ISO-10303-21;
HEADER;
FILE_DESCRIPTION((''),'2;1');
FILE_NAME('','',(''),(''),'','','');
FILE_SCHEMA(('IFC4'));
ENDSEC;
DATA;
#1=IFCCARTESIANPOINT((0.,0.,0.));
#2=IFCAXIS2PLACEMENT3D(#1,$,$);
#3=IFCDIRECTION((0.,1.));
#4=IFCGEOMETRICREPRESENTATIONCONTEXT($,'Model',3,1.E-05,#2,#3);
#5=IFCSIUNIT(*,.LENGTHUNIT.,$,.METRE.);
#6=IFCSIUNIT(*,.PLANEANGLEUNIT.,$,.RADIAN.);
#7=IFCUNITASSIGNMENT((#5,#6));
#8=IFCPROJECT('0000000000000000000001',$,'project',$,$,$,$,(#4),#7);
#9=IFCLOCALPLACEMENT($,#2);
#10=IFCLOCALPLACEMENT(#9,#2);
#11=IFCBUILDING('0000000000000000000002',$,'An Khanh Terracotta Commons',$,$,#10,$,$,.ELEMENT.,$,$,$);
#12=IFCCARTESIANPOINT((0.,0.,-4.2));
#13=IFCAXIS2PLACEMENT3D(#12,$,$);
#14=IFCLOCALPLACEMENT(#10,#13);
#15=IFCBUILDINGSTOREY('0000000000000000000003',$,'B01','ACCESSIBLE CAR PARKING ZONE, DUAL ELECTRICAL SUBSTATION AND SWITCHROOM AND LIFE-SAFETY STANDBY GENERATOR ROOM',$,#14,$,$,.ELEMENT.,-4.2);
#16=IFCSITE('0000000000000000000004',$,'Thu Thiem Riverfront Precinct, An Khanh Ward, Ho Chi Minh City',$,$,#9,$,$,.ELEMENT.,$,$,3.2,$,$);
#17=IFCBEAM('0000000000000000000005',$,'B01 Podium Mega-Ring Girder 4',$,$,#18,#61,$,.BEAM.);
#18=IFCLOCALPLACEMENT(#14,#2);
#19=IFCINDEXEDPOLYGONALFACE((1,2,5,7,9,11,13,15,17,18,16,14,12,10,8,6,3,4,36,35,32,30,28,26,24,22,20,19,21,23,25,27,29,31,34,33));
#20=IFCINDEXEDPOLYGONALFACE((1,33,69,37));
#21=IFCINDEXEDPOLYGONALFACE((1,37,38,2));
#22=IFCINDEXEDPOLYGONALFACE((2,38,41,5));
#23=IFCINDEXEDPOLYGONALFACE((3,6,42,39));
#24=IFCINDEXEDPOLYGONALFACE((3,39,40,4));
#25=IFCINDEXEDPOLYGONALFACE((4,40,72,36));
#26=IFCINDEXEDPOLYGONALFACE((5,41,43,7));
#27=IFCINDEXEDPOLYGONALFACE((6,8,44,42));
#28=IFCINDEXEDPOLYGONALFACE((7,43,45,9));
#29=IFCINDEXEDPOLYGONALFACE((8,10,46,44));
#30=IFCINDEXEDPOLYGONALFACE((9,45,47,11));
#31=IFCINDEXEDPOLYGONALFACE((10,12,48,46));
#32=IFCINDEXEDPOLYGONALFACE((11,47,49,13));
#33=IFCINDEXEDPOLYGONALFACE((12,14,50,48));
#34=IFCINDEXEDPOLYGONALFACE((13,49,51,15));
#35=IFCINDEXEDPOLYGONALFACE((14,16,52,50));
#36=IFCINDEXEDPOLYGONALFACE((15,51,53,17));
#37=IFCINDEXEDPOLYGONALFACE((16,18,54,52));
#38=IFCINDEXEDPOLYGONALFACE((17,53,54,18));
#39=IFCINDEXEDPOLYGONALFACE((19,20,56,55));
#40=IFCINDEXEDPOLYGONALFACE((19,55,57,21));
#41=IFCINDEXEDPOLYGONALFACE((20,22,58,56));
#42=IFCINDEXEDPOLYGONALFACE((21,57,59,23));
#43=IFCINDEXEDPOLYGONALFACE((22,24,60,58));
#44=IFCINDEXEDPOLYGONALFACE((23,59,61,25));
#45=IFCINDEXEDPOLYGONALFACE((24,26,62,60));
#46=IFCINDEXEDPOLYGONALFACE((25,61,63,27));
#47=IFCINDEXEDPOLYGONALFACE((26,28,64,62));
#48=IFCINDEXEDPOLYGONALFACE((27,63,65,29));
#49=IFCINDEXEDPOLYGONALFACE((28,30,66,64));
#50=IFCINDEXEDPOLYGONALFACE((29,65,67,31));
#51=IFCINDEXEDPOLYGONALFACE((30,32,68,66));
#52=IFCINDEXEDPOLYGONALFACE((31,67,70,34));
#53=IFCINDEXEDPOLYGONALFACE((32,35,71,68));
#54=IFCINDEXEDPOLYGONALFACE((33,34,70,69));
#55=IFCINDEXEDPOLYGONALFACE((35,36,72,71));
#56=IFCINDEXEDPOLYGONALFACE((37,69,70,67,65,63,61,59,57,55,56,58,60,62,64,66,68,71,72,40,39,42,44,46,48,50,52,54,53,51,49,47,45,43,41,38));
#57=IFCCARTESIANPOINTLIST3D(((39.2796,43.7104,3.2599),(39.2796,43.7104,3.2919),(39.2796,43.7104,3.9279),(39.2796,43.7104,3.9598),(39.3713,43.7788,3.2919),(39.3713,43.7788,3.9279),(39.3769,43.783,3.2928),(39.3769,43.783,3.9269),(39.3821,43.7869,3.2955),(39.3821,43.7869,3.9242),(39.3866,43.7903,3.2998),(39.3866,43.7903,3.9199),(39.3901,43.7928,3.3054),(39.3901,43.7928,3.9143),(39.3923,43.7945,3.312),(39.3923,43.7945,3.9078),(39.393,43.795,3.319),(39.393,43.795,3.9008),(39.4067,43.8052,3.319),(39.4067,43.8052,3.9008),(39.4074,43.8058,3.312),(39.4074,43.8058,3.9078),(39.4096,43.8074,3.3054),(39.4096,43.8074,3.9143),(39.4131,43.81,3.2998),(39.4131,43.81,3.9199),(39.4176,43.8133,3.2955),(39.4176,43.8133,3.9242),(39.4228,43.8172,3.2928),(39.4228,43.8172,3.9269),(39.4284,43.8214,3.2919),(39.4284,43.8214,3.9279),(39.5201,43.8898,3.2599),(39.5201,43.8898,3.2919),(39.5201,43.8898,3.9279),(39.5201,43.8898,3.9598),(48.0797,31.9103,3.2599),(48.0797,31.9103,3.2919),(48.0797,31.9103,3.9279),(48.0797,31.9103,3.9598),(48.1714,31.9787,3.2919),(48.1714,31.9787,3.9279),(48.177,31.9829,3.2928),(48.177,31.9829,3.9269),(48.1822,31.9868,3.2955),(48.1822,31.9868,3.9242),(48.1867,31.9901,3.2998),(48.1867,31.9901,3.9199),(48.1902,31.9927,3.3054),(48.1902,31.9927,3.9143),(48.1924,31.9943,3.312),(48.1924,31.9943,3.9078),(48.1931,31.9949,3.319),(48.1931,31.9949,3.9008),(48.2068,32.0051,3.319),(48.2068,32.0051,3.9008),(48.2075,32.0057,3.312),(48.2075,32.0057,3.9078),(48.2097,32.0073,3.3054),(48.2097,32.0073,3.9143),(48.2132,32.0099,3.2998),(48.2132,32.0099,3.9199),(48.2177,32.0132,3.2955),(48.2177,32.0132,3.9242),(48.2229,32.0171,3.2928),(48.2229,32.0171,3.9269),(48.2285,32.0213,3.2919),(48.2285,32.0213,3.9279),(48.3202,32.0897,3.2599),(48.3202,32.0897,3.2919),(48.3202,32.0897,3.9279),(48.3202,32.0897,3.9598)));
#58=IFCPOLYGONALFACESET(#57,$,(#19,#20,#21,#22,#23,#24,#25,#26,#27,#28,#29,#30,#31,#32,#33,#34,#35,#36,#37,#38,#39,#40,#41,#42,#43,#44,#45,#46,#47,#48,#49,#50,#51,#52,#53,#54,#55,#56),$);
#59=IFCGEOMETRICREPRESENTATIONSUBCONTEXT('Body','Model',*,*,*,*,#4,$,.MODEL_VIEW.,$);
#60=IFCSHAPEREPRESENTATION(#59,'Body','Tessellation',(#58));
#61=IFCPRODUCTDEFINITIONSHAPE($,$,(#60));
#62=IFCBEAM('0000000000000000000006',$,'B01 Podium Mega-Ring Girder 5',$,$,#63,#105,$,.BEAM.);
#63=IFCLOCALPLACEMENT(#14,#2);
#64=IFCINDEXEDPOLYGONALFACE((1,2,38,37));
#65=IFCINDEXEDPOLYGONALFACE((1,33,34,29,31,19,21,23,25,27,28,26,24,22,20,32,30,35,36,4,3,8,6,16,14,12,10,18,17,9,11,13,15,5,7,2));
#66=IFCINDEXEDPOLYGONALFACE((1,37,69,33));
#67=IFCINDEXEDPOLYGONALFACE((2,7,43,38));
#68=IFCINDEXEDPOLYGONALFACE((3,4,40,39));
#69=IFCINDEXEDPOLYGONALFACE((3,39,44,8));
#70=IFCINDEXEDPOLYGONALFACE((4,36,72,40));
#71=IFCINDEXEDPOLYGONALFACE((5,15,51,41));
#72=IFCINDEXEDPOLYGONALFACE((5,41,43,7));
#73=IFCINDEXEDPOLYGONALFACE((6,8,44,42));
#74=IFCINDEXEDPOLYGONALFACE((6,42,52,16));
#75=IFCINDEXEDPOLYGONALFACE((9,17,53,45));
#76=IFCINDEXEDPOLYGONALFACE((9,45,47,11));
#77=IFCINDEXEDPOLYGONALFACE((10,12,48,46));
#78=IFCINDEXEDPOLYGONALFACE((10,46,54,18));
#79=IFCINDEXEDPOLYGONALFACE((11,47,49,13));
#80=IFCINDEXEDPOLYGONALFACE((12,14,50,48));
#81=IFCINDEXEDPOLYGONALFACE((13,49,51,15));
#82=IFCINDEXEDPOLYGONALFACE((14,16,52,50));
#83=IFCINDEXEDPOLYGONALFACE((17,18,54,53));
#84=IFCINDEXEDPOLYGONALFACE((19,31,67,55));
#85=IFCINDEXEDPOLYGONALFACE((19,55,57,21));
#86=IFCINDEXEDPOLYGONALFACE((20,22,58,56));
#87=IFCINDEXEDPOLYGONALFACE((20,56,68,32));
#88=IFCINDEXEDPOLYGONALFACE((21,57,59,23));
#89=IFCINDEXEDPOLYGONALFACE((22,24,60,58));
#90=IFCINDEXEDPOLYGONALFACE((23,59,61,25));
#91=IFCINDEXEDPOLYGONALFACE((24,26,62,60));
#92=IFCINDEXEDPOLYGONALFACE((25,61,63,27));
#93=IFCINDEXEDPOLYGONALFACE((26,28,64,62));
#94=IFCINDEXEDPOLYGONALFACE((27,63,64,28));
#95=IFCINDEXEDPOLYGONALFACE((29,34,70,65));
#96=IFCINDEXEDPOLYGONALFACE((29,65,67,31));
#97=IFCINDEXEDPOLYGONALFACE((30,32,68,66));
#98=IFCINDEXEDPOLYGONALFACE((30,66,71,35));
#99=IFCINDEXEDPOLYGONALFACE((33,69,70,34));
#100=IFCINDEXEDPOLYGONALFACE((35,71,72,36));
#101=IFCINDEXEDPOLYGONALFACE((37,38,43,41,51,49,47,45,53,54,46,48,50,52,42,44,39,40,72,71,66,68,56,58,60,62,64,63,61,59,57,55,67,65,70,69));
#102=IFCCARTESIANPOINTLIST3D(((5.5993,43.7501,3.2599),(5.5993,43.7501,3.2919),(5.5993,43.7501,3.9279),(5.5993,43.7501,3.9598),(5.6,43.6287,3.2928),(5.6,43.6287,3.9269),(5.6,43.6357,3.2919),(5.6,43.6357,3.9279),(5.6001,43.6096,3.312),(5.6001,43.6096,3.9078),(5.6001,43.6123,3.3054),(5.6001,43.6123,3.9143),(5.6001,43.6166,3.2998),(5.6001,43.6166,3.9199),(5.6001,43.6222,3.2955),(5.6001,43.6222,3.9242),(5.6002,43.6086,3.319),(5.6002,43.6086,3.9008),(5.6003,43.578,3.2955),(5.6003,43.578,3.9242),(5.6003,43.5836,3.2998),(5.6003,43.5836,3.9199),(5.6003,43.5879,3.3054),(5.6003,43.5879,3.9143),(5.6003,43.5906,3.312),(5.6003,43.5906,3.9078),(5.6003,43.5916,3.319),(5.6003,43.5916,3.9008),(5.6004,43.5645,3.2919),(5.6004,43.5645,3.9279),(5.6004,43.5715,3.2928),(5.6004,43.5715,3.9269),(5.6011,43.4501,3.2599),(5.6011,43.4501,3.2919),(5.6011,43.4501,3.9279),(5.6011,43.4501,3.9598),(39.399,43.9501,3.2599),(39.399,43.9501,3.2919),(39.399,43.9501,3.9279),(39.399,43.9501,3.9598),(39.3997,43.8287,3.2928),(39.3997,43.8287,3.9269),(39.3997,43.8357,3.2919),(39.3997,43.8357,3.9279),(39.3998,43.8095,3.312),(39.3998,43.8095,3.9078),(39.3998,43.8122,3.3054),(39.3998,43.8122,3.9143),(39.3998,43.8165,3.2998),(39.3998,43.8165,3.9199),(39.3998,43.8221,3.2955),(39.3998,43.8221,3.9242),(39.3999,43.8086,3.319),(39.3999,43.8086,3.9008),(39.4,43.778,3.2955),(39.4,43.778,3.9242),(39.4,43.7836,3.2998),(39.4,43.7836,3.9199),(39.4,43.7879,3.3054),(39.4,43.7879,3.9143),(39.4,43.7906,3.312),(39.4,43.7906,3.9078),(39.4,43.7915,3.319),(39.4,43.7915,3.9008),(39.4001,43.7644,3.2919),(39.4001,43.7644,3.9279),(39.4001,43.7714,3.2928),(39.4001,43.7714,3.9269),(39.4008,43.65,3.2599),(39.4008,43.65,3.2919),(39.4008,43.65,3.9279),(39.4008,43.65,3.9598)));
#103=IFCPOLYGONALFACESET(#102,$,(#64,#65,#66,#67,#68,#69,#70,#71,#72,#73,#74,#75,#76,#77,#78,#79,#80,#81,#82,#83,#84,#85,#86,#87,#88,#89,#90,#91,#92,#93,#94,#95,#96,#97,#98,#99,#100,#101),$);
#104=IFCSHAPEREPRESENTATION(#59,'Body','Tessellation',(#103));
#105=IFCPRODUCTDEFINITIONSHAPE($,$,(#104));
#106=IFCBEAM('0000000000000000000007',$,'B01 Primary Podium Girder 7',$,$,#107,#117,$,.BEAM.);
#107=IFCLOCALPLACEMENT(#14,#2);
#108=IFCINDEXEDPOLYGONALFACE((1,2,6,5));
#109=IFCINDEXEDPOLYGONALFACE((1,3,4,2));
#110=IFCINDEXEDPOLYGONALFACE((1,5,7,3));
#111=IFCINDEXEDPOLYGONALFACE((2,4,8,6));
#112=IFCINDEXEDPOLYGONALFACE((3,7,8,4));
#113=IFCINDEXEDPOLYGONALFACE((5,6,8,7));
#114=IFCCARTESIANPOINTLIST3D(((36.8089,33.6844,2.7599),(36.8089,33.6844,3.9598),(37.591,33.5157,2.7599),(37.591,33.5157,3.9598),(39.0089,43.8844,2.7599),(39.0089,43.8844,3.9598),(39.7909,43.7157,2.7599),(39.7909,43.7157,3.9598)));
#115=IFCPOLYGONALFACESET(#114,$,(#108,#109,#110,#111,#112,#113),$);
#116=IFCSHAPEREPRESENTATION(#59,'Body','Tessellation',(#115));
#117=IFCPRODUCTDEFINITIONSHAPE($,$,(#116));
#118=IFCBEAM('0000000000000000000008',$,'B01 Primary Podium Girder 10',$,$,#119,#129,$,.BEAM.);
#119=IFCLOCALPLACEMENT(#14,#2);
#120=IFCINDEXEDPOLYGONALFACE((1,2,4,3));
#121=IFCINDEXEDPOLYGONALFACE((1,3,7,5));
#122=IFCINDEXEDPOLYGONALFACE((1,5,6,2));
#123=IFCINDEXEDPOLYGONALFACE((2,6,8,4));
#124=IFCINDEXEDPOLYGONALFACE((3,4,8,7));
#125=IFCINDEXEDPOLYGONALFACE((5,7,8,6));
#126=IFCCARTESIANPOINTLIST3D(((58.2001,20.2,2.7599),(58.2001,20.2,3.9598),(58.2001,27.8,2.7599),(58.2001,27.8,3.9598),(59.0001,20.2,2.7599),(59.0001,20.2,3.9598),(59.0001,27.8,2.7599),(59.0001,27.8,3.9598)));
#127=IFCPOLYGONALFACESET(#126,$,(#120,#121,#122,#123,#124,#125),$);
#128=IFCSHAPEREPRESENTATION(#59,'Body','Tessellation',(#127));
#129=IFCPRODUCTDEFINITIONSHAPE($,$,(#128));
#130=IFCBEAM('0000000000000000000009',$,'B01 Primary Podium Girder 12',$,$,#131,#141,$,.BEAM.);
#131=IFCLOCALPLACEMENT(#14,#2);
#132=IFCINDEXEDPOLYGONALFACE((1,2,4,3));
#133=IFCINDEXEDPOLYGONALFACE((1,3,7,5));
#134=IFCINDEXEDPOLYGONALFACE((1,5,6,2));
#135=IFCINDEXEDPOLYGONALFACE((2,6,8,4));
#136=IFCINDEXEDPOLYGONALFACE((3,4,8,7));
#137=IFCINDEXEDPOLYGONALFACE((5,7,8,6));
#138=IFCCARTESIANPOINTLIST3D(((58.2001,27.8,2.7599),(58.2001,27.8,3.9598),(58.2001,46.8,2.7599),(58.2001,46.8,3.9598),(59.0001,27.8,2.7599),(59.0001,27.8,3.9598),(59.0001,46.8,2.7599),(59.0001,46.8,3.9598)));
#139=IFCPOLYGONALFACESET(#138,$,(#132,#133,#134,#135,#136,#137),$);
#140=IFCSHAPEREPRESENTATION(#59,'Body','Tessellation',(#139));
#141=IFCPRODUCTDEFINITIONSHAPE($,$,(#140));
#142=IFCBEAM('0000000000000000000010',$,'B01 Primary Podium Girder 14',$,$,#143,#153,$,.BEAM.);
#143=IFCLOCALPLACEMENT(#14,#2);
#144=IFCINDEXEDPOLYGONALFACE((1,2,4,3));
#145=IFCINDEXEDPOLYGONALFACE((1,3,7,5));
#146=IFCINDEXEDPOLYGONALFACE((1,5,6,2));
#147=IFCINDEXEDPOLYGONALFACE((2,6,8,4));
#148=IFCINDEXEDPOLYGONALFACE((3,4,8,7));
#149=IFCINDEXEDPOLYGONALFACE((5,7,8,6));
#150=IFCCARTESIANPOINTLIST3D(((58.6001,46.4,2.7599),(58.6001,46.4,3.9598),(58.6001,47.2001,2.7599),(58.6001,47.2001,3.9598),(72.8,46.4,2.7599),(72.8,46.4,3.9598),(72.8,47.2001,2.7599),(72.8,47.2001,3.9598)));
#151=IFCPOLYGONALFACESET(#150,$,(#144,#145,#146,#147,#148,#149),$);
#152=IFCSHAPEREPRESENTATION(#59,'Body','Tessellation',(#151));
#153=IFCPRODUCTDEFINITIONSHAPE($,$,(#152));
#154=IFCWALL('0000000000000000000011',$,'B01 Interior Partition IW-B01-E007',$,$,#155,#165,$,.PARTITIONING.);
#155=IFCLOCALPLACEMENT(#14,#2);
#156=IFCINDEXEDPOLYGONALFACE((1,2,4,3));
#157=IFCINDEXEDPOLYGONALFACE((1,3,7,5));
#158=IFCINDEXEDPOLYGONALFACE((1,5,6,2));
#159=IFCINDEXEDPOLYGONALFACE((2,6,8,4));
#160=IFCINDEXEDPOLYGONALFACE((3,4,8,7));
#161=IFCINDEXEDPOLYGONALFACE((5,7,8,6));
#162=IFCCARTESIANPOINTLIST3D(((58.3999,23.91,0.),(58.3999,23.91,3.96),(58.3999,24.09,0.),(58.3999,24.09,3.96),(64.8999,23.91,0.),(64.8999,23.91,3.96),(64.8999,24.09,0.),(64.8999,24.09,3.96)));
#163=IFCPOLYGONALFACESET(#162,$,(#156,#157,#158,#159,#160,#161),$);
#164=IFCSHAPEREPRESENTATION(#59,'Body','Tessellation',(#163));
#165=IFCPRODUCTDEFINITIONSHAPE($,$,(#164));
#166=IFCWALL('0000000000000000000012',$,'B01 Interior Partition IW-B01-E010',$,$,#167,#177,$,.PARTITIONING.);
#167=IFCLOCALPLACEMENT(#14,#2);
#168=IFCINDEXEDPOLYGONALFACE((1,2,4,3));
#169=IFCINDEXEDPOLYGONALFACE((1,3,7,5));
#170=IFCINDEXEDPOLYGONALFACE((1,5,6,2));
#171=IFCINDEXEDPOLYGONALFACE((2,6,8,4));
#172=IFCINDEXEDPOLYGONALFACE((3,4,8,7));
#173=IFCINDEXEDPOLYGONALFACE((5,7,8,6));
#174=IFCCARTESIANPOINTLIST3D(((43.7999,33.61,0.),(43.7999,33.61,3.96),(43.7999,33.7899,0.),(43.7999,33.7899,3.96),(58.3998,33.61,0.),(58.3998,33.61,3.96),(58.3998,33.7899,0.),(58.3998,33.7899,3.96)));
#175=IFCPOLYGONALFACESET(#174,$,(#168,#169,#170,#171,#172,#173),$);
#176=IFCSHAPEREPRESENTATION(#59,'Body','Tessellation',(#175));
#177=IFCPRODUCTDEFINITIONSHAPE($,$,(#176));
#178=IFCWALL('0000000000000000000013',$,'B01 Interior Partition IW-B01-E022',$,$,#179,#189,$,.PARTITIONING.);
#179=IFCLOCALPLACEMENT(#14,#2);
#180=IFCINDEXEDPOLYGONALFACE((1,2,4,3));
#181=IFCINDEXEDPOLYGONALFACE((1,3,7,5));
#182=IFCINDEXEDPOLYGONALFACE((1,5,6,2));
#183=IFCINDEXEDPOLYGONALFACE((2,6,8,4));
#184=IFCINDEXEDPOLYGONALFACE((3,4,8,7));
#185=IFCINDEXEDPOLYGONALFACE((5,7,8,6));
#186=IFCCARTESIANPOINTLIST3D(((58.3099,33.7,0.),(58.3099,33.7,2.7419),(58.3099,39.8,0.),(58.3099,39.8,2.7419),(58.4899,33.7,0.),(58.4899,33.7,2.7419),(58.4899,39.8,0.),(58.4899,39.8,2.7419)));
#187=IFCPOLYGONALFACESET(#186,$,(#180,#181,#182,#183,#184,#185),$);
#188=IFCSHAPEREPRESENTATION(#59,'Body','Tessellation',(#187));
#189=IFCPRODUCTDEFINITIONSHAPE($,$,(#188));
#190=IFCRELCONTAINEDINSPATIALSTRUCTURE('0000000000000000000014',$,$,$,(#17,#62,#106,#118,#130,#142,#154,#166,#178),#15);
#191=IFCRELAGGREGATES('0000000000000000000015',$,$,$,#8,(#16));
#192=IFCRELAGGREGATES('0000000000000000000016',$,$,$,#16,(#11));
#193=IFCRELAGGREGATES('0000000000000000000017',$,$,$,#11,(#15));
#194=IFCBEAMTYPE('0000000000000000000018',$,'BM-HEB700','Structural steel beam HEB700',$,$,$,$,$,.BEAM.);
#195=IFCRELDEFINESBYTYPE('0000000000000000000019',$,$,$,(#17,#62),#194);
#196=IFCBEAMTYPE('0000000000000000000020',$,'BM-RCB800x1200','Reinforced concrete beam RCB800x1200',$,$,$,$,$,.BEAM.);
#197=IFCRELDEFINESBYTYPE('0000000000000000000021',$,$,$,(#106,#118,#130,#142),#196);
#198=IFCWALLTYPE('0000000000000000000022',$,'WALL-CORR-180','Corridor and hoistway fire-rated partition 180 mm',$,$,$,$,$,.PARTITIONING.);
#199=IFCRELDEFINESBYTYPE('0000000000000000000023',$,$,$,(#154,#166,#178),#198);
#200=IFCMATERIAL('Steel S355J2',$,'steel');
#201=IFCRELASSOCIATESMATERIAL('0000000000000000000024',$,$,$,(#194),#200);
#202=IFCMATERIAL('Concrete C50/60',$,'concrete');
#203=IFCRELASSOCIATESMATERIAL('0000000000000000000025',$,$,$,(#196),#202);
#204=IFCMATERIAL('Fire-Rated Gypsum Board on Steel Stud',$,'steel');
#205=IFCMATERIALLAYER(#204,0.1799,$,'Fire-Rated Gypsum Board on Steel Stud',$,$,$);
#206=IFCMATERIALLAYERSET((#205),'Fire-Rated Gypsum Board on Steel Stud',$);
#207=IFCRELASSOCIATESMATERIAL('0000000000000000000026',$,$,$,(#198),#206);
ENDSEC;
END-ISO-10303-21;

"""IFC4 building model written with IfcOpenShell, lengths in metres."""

from ifc_helpers import new_model, si_unit, direction, frame, frame_2d, origin, origin_2d, place, context, subcontext, project, spatial, rectangle, i_section, extrude, material, layer, layer_set, material_profile, profile_set, type_object, element, save


model = new_model("IFC4")

# Units and contexts
model_context = context("Model", 3, precision=1e-05, world=origin(), true_north=direction((0.0, 1.0)))
body_context = subcontext(model_context, "Body", "Model", "MODEL_VIEW")
ifc_project = project(units=[si_unit("LENGTHUNIT", "METRE"), si_unit("PLANEANGLEUNIT", "RADIAN")], contexts=[model_context])

# Site, building, storey
site_placement = place(None, origin())
site = spatial("IfcSite", under=ifc_project, at=site_placement, Name="Thu Thiem Riverfront Precinct, An Khanh Ward, Ho Chi Minh City", CompositionType="ELEMENT", RefElevation=3.2)
building_placement = place(site_placement, origin())
building = spatial("IfcBuilding", under=site, at=building_placement, Name="An Khanh Terracotta Commons", CompositionType="ELEMENT")
storey_placement = place(building_placement, frame((0.0, 0.0, -4.2)))
storey = spatial("IfcBuildingStorey", under=building, at=storey_placement, Name="B01", Description="ACCESSIBLE CAR PARKING ZONE, DUAL ELECTRICAL SUBSTATION AND SWITCHROOM AND LIFE-SAFETY STANDBY GENERATOR ROOM", CompositionType="ELEMENT", Elevation=-4.2)

# Beams
ifc_material_1 = material(Name="Steel S355J2", Category="steel")
ifc_material_profile_1 = material_profile(ifc_material_1, i_section(OverallWidth=0.3, OverallDepth=0.7, WebThickness=0.0171, FlangeThickness=0.032, FilletRadius=0.0271, at=origin_2d()), Name="HEB700")
ifc_profile_set_1 = profile_set([ifc_material_profile_1], Name="Steel S355J2")
beam_type_1 = type_object("IfcBeamType", Name="BM-HEB700", Description="Structural steel beam HEB700", PredefinedType="BEAM", material=ifc_profile_set_1)
beam_1_placement = place(storey_placement, frame((48.2, 32.0, 3.6099), z_axis=(-0.597824, 0.801627, 0.0), x_axis=(-0.801627, -0.597824, 0.0)))
element("IfcBeam", 1, at=beam_1_placement, inside=storey, type_object=beam_type_1, Name="B01 Podium Mega-Ring Girder 4", PredefinedType="BEAM", context=body_context, shape_type="SweptSolid", body=[
    extrude(i_section(OverallWidth=0.3, OverallDepth=0.7, WebThickness=0.0171, FlangeThickness=0.032, FilletRadius=0.0271, at=origin_2d()), origin(), (0.0, 0.0, 1.0), 14.7202),
])
beam_2_placement = place(storey_placement, frame((39.3999, 43.8, 3.6099), z_axis=(-0.999983, -0.005916, 0.0), x_axis=(0.005916, -0.999983, 0.0)))
element("IfcBeam", 2, at=beam_2_placement, inside=storey, type_object=beam_type_1, Name="B01 Podium Mega-Ring Girder 5", PredefinedType="BEAM", context=body_context, shape_type="SweptSolid", body=[
    extrude(i_section(OverallWidth=0.3, OverallDepth=0.7, WebThickness=0.0171, FlangeThickness=0.032, FilletRadius=0.0271, at=origin_2d()), origin(), (0.0, 0.0, 1.0), 33.8003),
])
ifc_material_2 = material(Name="Concrete C50/60", Category="concrete")
ifc_material_profile_2 = material_profile(ifc_material_2, rectangle(XDim=0.8, YDim=1.2, at=origin_2d()), Name="RCB800x1200")
ifc_profile_set_2 = profile_set([ifc_material_profile_2], Name="Concrete C50/60")
beam_type_2 = type_object("IfcBeamType", Name="BM-RCB800x1200", Description="Reinforced concrete beam RCB800x1200", PredefinedType="BEAM", material=ifc_profile_set_2)
beam_3_placement = place(storey_placement, frame((39.3999, 43.8, 3.3599), z_axis=(-0.210834, -0.977522, 0.0), x_axis=(0.977522, -0.210834, 0.0)))
element("IfcBeam", 3, at=beam_3_placement, inside=storey, type_object=beam_type_2, Name="B01 Primary Podium Girder 7", PredefinedType="BEAM", context=body_context, shape_type="SweptSolid", body=[
    extrude(rectangle(XDim=0.8, YDim=1.2, at=origin_2d()), origin(), (0.0, 0.0, 1.0), 10.4346),
])
beam_4_placement = place(storey_placement, frame((58.6001, 20.2, 3.3599), z_axis=(0.0, 1.0, 0.0), x_axis=(-1.0, 0.0, 0.0)))
element("IfcBeam", 4, at=beam_4_placement, inside=storey, type_object=beam_type_2, Name="B01 Primary Podium Girder 10", PredefinedType="BEAM", context=body_context, shape_type="SweptSolid", body=[
    extrude(rectangle(XDim=0.8, YDim=1.2, at=origin_2d()), origin(), (0.0, 0.0, 1.0), 7.6001),
])
beam_5_placement = place(storey_placement, frame((58.6001, 27.8, 3.3599), z_axis=(0.0, 1.0, 0.0), x_axis=(-1.0, 0.0, 0.0)))
element("IfcBeam", 5, at=beam_5_placement, inside=storey, type_object=beam_type_2, Name="B01 Primary Podium Girder 12", PredefinedType="BEAM", context=body_context, shape_type="SweptSolid", body=[
    extrude(rectangle(XDim=0.8, YDim=1.2, at=origin_2d()), origin(), (0.0, 0.0, 1.0), 19.0),
])
beam_6_placement = place(storey_placement, frame((58.6001, 46.8, 3.3599), z_axis=(1.0, 0.0, 0.0), x_axis=(0.0, 1.0, 0.0)))
element("IfcBeam", 6, at=beam_6_placement, inside=storey, type_object=beam_type_2, Name="B01 Primary Podium Girder 14", PredefinedType="BEAM", context=body_context, shape_type="SweptSolid", body=[
    extrude(rectangle(XDim=0.8, YDim=1.2, at=origin_2d()), origin(), (0.0, 0.0, 1.0), 14.2),
])

# Walls
ifc_material_3 = material(Name="Fire-Rated Gypsum Board on Steel Stud", Category="steel")
ifc_layer_1 = layer(ifc_material_3, 0.1799, Name="Fire-Rated Gypsum Board on Steel Stud")
ifc_layer_set_1 = layer_set([ifc_layer_1], Name="Fire-Rated Gypsum Board on Steel Stud")
wall_type_1 = type_object("IfcWallType", Name="WALL-CORR-180", Description="Corridor and hoistway fire-rated partition 180 mm", PredefinedType="PARTITIONING", material=ifc_layer_set_1)
wall_1_placement = place(storey_placement, frame((58.3999, 24.0, 0.0), z_axis=(0.0, 0.0, 1.0), x_axis=(1.0, 0.0, 0.0)))
element("IfcWall", 7, at=wall_1_placement, inside=storey, type_object=wall_type_1, Name="B01 Interior Partition IW-B01-E007", PredefinedType="PARTITIONING", context=body_context, shape_type="SweptSolid", body=[
    extrude(rectangle(XDim=6.5, YDim=0.1799, at=frame_2d((3.25, 0.0))), origin(), (0.0, 0.0, 1.0), 3.96),
])
wall_2_placement = place(storey_placement, frame((43.8, 33.7, 0.0), z_axis=(0.0, 0.0, 1.0), x_axis=(1.0, 0.0, 0.0)))
element("IfcWall", 8, at=wall_2_placement, inside=storey, type_object=wall_type_1, Name="B01 Interior Partition IW-B01-E010", PredefinedType="PARTITIONING", context=body_context, shape_type="SweptSolid", body=[
    extrude(rectangle(XDim=14.5999, YDim=0.1799, at=frame_2d((7.2998, 0.0))), origin(), (0.0, 0.0, 1.0), 3.96),
])
wall_3_placement = place(storey_placement, frame((58.3999, 33.7, 0.0), z_axis=(0.0, 0.0, 1.0), x_axis=(0.0, 1.0, 0.0)))
element("IfcWall", 9, at=wall_3_placement, inside=storey, type_object=wall_type_1, Name="B01 Interior Partition IW-B01-E022", PredefinedType="PARTITIONING", context=body_context, shape_type="SweptSolid", body=[
    extrude(rectangle(XDim=6.1001, YDim=0.1799, at=frame_2d((3.05, 0.0))), origin(), (0.0, 0.0, 1.0), 2.7419),
])

save(model, "model.ifc")
